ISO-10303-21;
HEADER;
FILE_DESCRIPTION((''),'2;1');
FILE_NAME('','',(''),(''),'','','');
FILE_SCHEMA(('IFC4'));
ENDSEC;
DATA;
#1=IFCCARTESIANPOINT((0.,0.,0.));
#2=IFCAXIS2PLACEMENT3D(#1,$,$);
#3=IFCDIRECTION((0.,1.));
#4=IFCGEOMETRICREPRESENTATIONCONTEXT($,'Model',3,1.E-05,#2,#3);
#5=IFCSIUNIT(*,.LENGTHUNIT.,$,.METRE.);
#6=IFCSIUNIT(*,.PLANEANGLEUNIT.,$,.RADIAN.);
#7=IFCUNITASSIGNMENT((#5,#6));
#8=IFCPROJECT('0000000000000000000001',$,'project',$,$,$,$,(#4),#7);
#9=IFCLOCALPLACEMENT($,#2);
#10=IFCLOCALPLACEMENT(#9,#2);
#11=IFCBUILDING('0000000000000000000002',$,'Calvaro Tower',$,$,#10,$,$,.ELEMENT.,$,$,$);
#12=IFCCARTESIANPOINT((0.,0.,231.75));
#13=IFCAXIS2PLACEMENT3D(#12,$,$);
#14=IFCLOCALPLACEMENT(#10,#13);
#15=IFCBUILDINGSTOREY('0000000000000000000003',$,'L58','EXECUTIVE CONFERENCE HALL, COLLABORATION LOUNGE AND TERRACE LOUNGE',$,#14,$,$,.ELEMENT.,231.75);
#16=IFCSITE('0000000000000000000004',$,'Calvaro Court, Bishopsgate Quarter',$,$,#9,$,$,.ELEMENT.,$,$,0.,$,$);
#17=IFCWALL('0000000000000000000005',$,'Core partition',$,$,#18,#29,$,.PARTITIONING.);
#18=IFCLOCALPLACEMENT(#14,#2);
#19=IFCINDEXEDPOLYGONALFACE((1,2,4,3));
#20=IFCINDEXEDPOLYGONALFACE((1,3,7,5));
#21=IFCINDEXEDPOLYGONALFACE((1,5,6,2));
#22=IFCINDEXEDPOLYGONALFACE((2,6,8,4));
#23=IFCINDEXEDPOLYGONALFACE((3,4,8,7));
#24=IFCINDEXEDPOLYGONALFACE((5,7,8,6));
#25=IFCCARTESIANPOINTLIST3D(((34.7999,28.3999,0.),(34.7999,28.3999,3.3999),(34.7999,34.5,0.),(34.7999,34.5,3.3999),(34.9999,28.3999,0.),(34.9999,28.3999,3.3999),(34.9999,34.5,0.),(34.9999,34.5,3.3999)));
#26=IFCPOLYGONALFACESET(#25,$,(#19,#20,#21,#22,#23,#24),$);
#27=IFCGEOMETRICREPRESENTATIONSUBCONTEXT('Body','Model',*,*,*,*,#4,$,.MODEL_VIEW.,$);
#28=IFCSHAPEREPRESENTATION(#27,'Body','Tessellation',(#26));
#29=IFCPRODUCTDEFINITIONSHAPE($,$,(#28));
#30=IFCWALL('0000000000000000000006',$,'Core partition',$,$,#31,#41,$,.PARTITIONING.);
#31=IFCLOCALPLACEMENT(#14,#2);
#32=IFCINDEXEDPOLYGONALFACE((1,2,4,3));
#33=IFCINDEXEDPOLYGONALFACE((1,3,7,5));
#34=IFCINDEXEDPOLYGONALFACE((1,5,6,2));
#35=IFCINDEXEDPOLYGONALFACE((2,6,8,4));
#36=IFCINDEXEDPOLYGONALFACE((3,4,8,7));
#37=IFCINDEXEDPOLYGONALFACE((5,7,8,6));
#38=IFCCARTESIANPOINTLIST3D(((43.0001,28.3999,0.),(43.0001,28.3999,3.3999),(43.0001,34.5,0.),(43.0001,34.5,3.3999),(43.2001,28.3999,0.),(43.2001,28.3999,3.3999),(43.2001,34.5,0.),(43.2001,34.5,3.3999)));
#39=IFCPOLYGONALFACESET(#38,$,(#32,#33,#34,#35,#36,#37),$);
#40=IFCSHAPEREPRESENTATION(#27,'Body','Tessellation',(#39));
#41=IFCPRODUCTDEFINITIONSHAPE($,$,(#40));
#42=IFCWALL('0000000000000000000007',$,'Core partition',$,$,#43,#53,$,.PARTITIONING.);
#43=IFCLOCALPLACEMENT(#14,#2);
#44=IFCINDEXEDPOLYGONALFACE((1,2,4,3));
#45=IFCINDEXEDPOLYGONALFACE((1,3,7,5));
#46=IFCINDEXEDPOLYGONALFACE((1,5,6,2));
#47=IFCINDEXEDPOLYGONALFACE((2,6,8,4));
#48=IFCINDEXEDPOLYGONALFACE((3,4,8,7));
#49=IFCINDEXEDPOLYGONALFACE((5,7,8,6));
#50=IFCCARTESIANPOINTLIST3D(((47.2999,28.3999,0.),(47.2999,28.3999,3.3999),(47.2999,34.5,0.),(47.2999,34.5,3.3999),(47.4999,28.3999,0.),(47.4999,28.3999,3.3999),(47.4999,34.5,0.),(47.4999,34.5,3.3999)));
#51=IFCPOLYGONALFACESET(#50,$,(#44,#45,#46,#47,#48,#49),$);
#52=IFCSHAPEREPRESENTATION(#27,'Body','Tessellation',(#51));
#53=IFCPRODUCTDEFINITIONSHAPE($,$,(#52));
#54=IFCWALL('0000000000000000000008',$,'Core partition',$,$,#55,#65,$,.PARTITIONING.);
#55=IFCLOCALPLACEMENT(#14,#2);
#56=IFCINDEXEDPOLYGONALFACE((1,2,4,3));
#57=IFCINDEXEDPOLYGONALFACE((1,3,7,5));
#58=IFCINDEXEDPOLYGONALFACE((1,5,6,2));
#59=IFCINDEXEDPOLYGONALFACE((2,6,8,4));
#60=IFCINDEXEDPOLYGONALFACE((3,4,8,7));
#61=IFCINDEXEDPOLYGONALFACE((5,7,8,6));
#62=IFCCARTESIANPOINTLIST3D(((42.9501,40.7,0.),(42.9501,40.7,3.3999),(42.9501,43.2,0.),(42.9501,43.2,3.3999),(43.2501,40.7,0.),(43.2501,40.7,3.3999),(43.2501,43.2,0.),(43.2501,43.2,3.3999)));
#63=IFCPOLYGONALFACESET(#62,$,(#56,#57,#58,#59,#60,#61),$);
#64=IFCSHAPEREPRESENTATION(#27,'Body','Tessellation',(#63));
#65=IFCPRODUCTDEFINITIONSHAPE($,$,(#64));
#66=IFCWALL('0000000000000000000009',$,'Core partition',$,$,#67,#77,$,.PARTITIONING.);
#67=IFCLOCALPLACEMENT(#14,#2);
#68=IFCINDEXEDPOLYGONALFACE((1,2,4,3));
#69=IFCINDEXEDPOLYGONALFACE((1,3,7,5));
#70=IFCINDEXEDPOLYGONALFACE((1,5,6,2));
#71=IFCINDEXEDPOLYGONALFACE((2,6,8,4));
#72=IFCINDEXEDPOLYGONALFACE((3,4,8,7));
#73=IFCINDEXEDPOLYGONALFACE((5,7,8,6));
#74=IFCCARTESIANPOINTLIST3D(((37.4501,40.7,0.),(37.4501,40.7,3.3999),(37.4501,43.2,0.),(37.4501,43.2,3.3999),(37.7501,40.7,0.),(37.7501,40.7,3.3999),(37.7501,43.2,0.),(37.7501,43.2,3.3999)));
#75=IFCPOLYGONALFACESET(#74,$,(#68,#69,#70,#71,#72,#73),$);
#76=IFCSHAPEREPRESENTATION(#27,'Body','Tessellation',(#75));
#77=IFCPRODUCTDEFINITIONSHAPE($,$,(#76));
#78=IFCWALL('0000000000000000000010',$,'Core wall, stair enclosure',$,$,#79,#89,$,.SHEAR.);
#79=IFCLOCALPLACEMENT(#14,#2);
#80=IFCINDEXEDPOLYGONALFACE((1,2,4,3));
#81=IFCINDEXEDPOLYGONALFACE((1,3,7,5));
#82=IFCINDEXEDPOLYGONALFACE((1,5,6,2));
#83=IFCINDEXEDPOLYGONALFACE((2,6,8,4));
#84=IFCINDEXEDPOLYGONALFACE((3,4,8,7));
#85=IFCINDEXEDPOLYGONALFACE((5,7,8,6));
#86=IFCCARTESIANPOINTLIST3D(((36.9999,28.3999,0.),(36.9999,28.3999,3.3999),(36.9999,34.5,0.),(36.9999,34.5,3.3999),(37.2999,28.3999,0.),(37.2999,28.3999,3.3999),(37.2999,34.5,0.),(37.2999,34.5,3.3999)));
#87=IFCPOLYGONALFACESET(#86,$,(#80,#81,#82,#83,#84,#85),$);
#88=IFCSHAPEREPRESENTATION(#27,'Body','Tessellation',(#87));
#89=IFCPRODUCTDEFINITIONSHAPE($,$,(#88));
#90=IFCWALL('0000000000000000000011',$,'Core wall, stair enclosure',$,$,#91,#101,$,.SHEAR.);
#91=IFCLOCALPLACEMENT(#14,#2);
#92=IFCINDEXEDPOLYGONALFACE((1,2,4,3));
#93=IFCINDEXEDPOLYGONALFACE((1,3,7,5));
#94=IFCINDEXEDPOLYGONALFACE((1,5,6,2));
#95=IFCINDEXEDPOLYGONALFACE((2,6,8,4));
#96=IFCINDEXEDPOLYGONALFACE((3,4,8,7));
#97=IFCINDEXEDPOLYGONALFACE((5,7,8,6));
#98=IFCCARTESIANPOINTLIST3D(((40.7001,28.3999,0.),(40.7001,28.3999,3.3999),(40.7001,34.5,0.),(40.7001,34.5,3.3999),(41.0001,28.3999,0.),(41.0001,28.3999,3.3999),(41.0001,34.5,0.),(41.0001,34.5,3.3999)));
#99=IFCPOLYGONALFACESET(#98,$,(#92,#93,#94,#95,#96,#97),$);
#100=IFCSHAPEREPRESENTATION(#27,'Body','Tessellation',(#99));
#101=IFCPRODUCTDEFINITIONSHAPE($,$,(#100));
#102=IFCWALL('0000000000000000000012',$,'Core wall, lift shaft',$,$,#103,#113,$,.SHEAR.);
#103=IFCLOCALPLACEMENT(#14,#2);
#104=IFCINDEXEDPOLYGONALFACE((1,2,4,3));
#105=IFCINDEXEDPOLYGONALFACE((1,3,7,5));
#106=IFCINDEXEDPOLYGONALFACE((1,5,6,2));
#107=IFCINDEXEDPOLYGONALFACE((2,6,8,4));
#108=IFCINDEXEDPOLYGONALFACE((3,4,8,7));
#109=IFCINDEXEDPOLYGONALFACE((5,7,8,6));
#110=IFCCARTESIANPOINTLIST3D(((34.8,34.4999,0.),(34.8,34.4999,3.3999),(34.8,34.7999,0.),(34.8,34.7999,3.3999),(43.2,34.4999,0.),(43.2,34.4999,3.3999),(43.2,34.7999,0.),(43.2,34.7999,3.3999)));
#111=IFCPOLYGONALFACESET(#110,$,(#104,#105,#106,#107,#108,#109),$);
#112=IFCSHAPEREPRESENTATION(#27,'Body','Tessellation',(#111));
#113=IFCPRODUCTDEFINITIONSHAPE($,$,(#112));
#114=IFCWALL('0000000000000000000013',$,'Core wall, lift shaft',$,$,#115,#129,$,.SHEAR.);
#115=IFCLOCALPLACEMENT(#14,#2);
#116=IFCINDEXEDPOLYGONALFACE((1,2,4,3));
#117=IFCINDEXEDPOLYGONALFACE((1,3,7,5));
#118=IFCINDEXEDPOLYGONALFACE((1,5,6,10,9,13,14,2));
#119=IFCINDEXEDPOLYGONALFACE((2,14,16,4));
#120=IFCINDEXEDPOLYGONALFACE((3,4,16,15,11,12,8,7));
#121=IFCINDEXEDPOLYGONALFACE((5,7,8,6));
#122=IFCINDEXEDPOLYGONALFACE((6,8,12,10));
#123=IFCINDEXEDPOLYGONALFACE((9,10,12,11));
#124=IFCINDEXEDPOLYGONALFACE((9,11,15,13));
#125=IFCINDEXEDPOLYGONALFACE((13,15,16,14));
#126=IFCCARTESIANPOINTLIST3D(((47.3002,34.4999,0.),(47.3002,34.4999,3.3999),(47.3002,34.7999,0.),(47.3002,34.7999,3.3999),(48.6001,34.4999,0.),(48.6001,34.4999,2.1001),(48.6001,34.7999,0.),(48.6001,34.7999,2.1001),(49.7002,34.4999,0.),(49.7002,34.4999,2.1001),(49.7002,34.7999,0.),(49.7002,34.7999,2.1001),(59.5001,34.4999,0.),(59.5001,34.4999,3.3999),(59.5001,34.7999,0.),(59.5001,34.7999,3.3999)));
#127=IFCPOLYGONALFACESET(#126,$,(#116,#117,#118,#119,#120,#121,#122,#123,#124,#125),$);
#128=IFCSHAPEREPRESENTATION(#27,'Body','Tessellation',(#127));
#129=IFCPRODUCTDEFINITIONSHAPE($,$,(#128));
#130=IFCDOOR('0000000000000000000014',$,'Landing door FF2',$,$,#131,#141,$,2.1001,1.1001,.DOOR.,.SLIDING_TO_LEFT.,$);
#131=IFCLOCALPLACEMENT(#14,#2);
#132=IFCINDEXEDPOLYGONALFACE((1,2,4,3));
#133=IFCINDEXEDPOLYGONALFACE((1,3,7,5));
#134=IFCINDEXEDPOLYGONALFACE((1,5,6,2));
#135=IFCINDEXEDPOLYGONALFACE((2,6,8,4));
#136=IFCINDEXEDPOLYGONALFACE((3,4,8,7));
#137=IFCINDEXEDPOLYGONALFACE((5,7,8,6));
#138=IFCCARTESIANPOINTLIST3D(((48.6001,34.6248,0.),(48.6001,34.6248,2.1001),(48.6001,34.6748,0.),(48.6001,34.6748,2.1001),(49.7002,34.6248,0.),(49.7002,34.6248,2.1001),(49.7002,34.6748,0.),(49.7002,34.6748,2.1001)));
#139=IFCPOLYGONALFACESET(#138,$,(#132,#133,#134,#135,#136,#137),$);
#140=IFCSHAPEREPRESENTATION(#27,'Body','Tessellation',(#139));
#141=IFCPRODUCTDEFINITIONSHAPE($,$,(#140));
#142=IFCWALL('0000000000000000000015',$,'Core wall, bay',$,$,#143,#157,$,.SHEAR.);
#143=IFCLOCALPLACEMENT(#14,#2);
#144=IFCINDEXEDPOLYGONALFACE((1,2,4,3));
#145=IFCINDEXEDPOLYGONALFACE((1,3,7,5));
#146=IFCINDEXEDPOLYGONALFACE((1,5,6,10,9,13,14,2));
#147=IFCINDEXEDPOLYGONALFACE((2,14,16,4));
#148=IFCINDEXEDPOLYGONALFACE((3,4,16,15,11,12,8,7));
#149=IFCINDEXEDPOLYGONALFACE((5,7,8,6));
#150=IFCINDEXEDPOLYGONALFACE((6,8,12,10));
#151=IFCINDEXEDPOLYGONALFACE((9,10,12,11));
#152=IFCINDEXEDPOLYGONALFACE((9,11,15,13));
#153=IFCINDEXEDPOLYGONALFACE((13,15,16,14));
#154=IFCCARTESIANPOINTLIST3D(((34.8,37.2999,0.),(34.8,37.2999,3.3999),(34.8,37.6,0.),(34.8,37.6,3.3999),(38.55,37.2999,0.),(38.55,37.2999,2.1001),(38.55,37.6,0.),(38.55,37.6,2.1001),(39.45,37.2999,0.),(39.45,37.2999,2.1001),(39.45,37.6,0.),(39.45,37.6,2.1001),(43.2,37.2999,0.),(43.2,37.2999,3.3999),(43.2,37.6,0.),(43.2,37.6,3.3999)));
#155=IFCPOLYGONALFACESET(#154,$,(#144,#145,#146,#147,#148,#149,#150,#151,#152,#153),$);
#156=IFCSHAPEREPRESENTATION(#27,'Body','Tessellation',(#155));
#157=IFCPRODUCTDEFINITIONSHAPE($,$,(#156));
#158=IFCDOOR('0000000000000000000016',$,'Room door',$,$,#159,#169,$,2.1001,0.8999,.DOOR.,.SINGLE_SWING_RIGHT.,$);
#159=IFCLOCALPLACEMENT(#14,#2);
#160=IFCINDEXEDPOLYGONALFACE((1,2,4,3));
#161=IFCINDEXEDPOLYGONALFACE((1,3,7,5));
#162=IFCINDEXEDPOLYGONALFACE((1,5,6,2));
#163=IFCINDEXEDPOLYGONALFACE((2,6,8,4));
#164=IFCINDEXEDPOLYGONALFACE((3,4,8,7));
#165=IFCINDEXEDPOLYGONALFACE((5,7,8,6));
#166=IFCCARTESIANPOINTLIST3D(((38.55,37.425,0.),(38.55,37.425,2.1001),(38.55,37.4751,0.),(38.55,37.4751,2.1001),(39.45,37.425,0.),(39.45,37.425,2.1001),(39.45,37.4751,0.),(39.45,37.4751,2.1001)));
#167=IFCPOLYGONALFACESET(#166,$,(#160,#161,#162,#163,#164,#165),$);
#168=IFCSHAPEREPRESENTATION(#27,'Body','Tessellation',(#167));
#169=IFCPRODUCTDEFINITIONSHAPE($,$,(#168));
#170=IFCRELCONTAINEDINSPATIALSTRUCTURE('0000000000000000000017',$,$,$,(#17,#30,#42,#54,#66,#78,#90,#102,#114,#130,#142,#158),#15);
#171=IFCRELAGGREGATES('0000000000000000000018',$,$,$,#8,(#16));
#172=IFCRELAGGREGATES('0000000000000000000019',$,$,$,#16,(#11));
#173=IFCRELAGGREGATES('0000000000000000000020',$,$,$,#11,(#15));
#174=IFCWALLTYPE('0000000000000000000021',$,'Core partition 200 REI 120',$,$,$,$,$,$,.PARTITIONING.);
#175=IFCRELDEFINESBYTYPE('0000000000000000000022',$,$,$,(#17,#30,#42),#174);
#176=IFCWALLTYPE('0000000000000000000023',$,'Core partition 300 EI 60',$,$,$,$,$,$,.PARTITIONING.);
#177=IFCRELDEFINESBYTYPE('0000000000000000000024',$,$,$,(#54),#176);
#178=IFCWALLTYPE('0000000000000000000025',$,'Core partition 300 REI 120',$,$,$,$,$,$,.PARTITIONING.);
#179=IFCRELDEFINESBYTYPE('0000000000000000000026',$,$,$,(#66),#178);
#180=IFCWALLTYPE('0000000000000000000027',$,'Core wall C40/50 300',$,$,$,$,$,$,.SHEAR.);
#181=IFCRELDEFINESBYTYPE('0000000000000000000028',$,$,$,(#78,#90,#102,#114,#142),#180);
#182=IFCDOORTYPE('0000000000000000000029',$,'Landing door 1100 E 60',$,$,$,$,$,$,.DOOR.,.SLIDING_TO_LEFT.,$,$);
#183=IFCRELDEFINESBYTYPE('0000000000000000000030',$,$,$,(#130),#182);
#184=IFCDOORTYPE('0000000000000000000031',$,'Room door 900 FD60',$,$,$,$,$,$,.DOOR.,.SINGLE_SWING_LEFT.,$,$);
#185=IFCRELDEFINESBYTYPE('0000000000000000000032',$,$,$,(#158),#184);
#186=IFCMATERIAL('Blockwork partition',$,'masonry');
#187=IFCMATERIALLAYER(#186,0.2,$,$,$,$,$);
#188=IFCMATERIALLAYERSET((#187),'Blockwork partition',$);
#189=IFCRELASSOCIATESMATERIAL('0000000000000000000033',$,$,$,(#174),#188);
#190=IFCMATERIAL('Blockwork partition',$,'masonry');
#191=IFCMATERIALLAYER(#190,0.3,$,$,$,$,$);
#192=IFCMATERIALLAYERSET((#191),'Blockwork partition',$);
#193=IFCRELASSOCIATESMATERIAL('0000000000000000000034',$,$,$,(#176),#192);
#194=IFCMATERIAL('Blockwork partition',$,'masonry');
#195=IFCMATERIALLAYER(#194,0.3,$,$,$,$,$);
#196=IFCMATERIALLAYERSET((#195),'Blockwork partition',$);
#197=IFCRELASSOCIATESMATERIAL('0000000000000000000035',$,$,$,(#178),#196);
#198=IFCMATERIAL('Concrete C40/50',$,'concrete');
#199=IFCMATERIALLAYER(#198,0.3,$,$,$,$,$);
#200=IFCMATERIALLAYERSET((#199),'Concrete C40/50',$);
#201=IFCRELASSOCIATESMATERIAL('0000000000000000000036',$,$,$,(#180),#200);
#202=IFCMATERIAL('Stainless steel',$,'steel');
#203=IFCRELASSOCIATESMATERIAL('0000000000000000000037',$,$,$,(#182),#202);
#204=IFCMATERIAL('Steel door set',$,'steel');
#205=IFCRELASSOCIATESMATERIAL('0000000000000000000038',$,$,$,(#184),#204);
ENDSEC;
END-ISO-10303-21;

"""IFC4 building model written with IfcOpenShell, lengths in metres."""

from ifc_helpers import new_model, si_unit, direction, frame, frame_2d, origin, place, context, subcontext, project, spatial, rectangle, extrude, material, layer, layer_set, type_object, element, fill, save


model = new_model("IFC4")

# Units and contexts
model_context = context("Model", 3, precision=1e-05, world=origin(), true_north=direction((0.0, 1.0)))
body_context = subcontext(model_context, "Body", "Model", "MODEL_VIEW")
ifc_project = project(units=[si_unit("LENGTHUNIT", "METRE"), si_unit("PLANEANGLEUNIT", "RADIAN")], contexts=[model_context])

# Site, building, storey
site_placement = place(None, origin())
site = spatial("IfcSite", under=ifc_project, at=site_placement, Name="Calvaro Court, Bishopsgate Quarter", CompositionType="ELEMENT", RefElevation=0.0)
building_placement = place(site_placement, origin())
building = spatial("IfcBuilding", under=site, at=building_placement, Name="Calvaro Tower", CompositionType="ELEMENT")
storey_placement = place(building_placement, frame((0.0, 0.0, 231.75)))
storey = spatial("IfcBuildingStorey", under=building, at=storey_placement, Name="L58", Description="EXECUTIVE CONFERENCE HALL, COLLABORATION LOUNGE AND TERRACE LOUNGE", CompositionType="ELEMENT", Elevation=231.75)

# Walls
ifc_material_1 = material(Name="Blockwork partition", Category="masonry")
ifc_layer_1 = layer(ifc_material_1, 0.2)
ifc_layer_set_1 = layer_set([ifc_layer_1], Name="Blockwork partition")
wall_type_1 = type_object("IfcWallType", Name="Core partition 200 REI 120", PredefinedType="PARTITIONING", material=ifc_layer_set_1)
for number, where, z_axis, x_axis, name in (
    (1, (34.8999, 28.3999, 0.0), (0.0, 0.0, 1.0), (0.0, 1.0, 0.0), "Core partition"),
    (2, (43.1001, 28.3999, 0.0), (0.0, 0.0, 1.0), (0.0, 1.0, 0.0), "Core partition"),
    (3, (47.3999, 28.3999, 0.0), (0.0, 0.0, 1.0), (0.0, 1.0, 0.0), "Core partition"),
):
    element("IfcWall", number, at=place(storey_placement, frame(where, z_axis=z_axis, x_axis=x_axis)), inside=storey, type_object=wall_type_1, Name=name, PredefinedType="PARTITIONING", context=body_context, shape_type="SweptSolid", body=[
        extrude(rectangle(XDim=6.1001, YDim=0.2, at=frame_2d((3.05, 0.0))), origin(), (0.0, 0.0, 1.0), 3.3999),
    ])
ifc_material_2 = material(Name="Blockwork partition", Category="masonry")
ifc_layer_2 = layer(ifc_material_2, 0.3)
ifc_layer_set_2 = layer_set([ifc_layer_2], Name="Blockwork partition")
wall_type_2 = type_object("IfcWallType", Name="Core partition 300 EI 60", PredefinedType="PARTITIONING", material=ifc_layer_set_2)
wall_1_placement = place(storey_placement, frame((43.1001, 40.7, 0.0), z_axis=(0.0, 0.0, 1.0), x_axis=(0.0, 1.0, 0.0)))
element("IfcWall", 4, at=wall_1_placement, inside=storey, type_object=wall_type_2, Name="Core partition", PredefinedType="PARTITIONING", context=body_context, shape_type="SweptSolid", body=[
    extrude(rectangle(XDim=2.5, YDim=0.3, at=frame_2d((1.25, 0.0))), origin(), (0.0, 0.0, 1.0), 3.3999),
])
ifc_material_3 = material(Name="Blockwork partition", Category="masonry")
ifc_layer_3 = layer(ifc_material_3, 0.3)
ifc_layer_set_3 = layer_set([ifc_layer_3], Name="Blockwork partition")
wall_type_3 = type_object("IfcWallType", Name="Core partition 300 REI 120", PredefinedType="PARTITIONING", material=ifc_layer_set_3)
wall_2_placement = place(storey_placement, frame((37.6001, 40.7, 0.0), z_axis=(0.0, 0.0, 1.0), x_axis=(0.0, 1.0, 0.0)))
element("IfcWall", 5, at=wall_2_placement, inside=storey, type_object=wall_type_3, Name="Core partition", PredefinedType="PARTITIONING", context=body_context, shape_type="SweptSolid", body=[
    extrude(rectangle(XDim=2.5, YDim=0.3, at=frame_2d((1.25, 0.0))), origin(), (0.0, 0.0, 1.0), 3.3999),
])
ifc_material_4 = material(Name="Concrete C40/50", Category="concrete")
ifc_layer_4 = layer(ifc_material_4, 0.3)
ifc_layer_set_4 = layer_set([ifc_layer_4], Name="Concrete C40/50")
wall_type_4 = type_object("IfcWallType", Name="Core wall C40/50 300", PredefinedType="SHEAR", material=ifc_layer_set_4)
for number, where, z_axis, x_axis, name in (
    (6, (37.1499, 28.3999, 0.0), (0.0, 0.0, 1.0), (0.0, 1.0, 0.0), "Core wall, stair enclosure"),
    (7, (40.8501, 28.3999, 0.0), (0.0, 0.0, 1.0), (0.0, 1.0, 0.0), "Core wall, stair enclosure"),
):
    element("IfcWall", number, at=place(storey_placement, frame(where, z_axis=z_axis, x_axis=x_axis)), inside=storey, type_object=wall_type_4, Name=name, PredefinedType="SHEAR", context=body_context, shape_type="SweptSolid", body=[
        extrude(rectangle(XDim=6.1001, YDim=0.3, at=frame_2d((3.05, 0.0))), origin(), (0.0, 0.0, 1.0), 3.3999),
    ])
wall_3_placement = place(storey_placement, frame((34.8, 34.6499, 0.0), z_axis=(0.0, 0.0, 1.0), x_axis=(1.0, 0.0, 0.0)))
element("IfcWall", 8, at=wall_3_placement, inside=storey, type_object=wall_type_4, Name="Core wall, lift shaft", PredefinedType="SHEAR", context=body_context, shape_type="SweptSolid", body=[
    extrude(rectangle(XDim=8.3999, YDim=0.3, at=frame_2d((4.2, 0.0))), origin(), (0.0, 0.0, 1.0), 3.3999),
])

# Walls, openings, doors
wall_4_placement = place(storey_placement, frame((47.3, 34.6499, 0.0), z_axis=(0.0, 0.0, 1.0), x_axis=(1.0, 0.0, 0.0)))
wall_4 = element("IfcWall", 9, at=wall_4_placement, inside=storey, type_object=wall_type_4, Name="Core wall, lift shaft", PredefinedType="SHEAR", context=body_context, shape_type="SweptSolid", body=[
    extrude(rectangle(XDim=12.2, YDim=0.3, at=frame_2d((6.1001, 0.0))), origin(), (0.0, 0.0, 1.0), 3.3999),
])
opening_1_placement = place(wall_4_placement, frame((1.3, 0.0, 0.0)))
opening_1 = element("IfcOpeningElement", 10, at=opening_1_placement, cuts=wall_4, PredefinedType="OPENING", context=body_context, shape_type="SweptSolid", body=[
    extrude(rectangle(XDim=1.1001, YDim=2.1001, at=frame_2d((0.55, 1.05))), frame((0.0, 0.1599, 0.0), z_axis=(0.0, -1.0, 0.0), x_axis=(1.0, 0.0, 0.0)), (0.0, 0.0, 1.0), 0.3201),
])
ifc_material_5 = material(Name="Stainless steel", Category="steel")
door_type_1 = type_object("IfcDoorType", Name="Landing door 1100 E 60", OperationType="SLIDING_TO_LEFT", PredefinedType="DOOR", material=ifc_material_5)
door_1_placement = place(opening_1_placement, origin())
door_1 = element("IfcDoor", 11, at=door_1_placement, inside=storey, type_object=door_type_1, Name="Landing door FF2", OperationType="SLIDING_TO_LEFT", OverallHeight=2.1001, OverallWidth=1.1001, PredefinedType="DOOR", context=body_context, shape_type="SweptSolid", body=[
    extrude(rectangle(XDim=1.1001, YDim=2.1001, at=frame_2d((0.55, 1.05))), frame((0.0, 0.0249, 0.0), z_axis=(0.0, -1.0, 0.0), x_axis=(1.0, 0.0, 0.0)), (0.0, 0.0, 1.0), 0.05),
])
fill(opening_1, door_1)
wall_5_placement = place(storey_placement, frame((43.2, 37.45, 0.0), z_axis=(0.0, 0.0, 1.0), x_axis=(-1.0, 0.0, 0.0)))
wall_5 = element("IfcWall", 12, at=wall_5_placement, inside=storey, type_object=wall_type_4, Name="Core wall, bay", PredefinedType="SHEAR", context=body_context, shape_type="SweptSolid", body=[
    extrude(rectangle(XDim=8.3999, YDim=0.3, at=frame_2d((4.2, 0.0))), origin(), (0.0, 0.0, 1.0), 3.3999),
])
opening_2_placement = place(wall_5_placement, frame((3.75, 0.0, 0.0)))
opening_2 = element("IfcOpeningElement", 13, at=opening_2_placement, cuts=wall_5, PredefinedType="OPENING", context=body_context, shape_type="SweptSolid", body=[
    extrude(rectangle(XDim=0.8999, YDim=2.1001, at=frame_2d((0.45, 1.05))), frame((0.0, 0.1599, 0.0), z_axis=(0.0, -1.0, 0.0), x_axis=(1.0, 0.0, 0.0)), (0.0, 0.0, 1.0), 0.3201),
])
ifc_material_6 = material(Name="Steel door set", Category="steel")
door_type_2 = type_object("IfcDoorType", Name="Room door 900 FD60", OperationType="SINGLE_SWING_LEFT", PredefinedType="DOOR", material=ifc_material_6)
door_2_placement = place(opening_2_placement, origin())
door_2 = element("IfcDoor", 14, at=door_2_placement, inside=storey, type_object=door_type_2, Name="Room door", OperationType="SINGLE_SWING_RIGHT", OverallHeight=2.1001, OverallWidth=0.8999, PredefinedType="DOOR", context=body_context, shape_type="SweptSolid", body=[
    extrude(rectangle(XDim=0.8999, YDim=2.1001, at=frame_2d((0.45, 1.05))), frame((0.0, 0.0249, 0.0), z_axis=(0.0, -1.0, 0.0), x_axis=(1.0, 0.0, 0.0)), (0.0, 0.0, 1.0), 0.05),
])
fill(opening_2, door_2)

save(model, "model.ifc")
